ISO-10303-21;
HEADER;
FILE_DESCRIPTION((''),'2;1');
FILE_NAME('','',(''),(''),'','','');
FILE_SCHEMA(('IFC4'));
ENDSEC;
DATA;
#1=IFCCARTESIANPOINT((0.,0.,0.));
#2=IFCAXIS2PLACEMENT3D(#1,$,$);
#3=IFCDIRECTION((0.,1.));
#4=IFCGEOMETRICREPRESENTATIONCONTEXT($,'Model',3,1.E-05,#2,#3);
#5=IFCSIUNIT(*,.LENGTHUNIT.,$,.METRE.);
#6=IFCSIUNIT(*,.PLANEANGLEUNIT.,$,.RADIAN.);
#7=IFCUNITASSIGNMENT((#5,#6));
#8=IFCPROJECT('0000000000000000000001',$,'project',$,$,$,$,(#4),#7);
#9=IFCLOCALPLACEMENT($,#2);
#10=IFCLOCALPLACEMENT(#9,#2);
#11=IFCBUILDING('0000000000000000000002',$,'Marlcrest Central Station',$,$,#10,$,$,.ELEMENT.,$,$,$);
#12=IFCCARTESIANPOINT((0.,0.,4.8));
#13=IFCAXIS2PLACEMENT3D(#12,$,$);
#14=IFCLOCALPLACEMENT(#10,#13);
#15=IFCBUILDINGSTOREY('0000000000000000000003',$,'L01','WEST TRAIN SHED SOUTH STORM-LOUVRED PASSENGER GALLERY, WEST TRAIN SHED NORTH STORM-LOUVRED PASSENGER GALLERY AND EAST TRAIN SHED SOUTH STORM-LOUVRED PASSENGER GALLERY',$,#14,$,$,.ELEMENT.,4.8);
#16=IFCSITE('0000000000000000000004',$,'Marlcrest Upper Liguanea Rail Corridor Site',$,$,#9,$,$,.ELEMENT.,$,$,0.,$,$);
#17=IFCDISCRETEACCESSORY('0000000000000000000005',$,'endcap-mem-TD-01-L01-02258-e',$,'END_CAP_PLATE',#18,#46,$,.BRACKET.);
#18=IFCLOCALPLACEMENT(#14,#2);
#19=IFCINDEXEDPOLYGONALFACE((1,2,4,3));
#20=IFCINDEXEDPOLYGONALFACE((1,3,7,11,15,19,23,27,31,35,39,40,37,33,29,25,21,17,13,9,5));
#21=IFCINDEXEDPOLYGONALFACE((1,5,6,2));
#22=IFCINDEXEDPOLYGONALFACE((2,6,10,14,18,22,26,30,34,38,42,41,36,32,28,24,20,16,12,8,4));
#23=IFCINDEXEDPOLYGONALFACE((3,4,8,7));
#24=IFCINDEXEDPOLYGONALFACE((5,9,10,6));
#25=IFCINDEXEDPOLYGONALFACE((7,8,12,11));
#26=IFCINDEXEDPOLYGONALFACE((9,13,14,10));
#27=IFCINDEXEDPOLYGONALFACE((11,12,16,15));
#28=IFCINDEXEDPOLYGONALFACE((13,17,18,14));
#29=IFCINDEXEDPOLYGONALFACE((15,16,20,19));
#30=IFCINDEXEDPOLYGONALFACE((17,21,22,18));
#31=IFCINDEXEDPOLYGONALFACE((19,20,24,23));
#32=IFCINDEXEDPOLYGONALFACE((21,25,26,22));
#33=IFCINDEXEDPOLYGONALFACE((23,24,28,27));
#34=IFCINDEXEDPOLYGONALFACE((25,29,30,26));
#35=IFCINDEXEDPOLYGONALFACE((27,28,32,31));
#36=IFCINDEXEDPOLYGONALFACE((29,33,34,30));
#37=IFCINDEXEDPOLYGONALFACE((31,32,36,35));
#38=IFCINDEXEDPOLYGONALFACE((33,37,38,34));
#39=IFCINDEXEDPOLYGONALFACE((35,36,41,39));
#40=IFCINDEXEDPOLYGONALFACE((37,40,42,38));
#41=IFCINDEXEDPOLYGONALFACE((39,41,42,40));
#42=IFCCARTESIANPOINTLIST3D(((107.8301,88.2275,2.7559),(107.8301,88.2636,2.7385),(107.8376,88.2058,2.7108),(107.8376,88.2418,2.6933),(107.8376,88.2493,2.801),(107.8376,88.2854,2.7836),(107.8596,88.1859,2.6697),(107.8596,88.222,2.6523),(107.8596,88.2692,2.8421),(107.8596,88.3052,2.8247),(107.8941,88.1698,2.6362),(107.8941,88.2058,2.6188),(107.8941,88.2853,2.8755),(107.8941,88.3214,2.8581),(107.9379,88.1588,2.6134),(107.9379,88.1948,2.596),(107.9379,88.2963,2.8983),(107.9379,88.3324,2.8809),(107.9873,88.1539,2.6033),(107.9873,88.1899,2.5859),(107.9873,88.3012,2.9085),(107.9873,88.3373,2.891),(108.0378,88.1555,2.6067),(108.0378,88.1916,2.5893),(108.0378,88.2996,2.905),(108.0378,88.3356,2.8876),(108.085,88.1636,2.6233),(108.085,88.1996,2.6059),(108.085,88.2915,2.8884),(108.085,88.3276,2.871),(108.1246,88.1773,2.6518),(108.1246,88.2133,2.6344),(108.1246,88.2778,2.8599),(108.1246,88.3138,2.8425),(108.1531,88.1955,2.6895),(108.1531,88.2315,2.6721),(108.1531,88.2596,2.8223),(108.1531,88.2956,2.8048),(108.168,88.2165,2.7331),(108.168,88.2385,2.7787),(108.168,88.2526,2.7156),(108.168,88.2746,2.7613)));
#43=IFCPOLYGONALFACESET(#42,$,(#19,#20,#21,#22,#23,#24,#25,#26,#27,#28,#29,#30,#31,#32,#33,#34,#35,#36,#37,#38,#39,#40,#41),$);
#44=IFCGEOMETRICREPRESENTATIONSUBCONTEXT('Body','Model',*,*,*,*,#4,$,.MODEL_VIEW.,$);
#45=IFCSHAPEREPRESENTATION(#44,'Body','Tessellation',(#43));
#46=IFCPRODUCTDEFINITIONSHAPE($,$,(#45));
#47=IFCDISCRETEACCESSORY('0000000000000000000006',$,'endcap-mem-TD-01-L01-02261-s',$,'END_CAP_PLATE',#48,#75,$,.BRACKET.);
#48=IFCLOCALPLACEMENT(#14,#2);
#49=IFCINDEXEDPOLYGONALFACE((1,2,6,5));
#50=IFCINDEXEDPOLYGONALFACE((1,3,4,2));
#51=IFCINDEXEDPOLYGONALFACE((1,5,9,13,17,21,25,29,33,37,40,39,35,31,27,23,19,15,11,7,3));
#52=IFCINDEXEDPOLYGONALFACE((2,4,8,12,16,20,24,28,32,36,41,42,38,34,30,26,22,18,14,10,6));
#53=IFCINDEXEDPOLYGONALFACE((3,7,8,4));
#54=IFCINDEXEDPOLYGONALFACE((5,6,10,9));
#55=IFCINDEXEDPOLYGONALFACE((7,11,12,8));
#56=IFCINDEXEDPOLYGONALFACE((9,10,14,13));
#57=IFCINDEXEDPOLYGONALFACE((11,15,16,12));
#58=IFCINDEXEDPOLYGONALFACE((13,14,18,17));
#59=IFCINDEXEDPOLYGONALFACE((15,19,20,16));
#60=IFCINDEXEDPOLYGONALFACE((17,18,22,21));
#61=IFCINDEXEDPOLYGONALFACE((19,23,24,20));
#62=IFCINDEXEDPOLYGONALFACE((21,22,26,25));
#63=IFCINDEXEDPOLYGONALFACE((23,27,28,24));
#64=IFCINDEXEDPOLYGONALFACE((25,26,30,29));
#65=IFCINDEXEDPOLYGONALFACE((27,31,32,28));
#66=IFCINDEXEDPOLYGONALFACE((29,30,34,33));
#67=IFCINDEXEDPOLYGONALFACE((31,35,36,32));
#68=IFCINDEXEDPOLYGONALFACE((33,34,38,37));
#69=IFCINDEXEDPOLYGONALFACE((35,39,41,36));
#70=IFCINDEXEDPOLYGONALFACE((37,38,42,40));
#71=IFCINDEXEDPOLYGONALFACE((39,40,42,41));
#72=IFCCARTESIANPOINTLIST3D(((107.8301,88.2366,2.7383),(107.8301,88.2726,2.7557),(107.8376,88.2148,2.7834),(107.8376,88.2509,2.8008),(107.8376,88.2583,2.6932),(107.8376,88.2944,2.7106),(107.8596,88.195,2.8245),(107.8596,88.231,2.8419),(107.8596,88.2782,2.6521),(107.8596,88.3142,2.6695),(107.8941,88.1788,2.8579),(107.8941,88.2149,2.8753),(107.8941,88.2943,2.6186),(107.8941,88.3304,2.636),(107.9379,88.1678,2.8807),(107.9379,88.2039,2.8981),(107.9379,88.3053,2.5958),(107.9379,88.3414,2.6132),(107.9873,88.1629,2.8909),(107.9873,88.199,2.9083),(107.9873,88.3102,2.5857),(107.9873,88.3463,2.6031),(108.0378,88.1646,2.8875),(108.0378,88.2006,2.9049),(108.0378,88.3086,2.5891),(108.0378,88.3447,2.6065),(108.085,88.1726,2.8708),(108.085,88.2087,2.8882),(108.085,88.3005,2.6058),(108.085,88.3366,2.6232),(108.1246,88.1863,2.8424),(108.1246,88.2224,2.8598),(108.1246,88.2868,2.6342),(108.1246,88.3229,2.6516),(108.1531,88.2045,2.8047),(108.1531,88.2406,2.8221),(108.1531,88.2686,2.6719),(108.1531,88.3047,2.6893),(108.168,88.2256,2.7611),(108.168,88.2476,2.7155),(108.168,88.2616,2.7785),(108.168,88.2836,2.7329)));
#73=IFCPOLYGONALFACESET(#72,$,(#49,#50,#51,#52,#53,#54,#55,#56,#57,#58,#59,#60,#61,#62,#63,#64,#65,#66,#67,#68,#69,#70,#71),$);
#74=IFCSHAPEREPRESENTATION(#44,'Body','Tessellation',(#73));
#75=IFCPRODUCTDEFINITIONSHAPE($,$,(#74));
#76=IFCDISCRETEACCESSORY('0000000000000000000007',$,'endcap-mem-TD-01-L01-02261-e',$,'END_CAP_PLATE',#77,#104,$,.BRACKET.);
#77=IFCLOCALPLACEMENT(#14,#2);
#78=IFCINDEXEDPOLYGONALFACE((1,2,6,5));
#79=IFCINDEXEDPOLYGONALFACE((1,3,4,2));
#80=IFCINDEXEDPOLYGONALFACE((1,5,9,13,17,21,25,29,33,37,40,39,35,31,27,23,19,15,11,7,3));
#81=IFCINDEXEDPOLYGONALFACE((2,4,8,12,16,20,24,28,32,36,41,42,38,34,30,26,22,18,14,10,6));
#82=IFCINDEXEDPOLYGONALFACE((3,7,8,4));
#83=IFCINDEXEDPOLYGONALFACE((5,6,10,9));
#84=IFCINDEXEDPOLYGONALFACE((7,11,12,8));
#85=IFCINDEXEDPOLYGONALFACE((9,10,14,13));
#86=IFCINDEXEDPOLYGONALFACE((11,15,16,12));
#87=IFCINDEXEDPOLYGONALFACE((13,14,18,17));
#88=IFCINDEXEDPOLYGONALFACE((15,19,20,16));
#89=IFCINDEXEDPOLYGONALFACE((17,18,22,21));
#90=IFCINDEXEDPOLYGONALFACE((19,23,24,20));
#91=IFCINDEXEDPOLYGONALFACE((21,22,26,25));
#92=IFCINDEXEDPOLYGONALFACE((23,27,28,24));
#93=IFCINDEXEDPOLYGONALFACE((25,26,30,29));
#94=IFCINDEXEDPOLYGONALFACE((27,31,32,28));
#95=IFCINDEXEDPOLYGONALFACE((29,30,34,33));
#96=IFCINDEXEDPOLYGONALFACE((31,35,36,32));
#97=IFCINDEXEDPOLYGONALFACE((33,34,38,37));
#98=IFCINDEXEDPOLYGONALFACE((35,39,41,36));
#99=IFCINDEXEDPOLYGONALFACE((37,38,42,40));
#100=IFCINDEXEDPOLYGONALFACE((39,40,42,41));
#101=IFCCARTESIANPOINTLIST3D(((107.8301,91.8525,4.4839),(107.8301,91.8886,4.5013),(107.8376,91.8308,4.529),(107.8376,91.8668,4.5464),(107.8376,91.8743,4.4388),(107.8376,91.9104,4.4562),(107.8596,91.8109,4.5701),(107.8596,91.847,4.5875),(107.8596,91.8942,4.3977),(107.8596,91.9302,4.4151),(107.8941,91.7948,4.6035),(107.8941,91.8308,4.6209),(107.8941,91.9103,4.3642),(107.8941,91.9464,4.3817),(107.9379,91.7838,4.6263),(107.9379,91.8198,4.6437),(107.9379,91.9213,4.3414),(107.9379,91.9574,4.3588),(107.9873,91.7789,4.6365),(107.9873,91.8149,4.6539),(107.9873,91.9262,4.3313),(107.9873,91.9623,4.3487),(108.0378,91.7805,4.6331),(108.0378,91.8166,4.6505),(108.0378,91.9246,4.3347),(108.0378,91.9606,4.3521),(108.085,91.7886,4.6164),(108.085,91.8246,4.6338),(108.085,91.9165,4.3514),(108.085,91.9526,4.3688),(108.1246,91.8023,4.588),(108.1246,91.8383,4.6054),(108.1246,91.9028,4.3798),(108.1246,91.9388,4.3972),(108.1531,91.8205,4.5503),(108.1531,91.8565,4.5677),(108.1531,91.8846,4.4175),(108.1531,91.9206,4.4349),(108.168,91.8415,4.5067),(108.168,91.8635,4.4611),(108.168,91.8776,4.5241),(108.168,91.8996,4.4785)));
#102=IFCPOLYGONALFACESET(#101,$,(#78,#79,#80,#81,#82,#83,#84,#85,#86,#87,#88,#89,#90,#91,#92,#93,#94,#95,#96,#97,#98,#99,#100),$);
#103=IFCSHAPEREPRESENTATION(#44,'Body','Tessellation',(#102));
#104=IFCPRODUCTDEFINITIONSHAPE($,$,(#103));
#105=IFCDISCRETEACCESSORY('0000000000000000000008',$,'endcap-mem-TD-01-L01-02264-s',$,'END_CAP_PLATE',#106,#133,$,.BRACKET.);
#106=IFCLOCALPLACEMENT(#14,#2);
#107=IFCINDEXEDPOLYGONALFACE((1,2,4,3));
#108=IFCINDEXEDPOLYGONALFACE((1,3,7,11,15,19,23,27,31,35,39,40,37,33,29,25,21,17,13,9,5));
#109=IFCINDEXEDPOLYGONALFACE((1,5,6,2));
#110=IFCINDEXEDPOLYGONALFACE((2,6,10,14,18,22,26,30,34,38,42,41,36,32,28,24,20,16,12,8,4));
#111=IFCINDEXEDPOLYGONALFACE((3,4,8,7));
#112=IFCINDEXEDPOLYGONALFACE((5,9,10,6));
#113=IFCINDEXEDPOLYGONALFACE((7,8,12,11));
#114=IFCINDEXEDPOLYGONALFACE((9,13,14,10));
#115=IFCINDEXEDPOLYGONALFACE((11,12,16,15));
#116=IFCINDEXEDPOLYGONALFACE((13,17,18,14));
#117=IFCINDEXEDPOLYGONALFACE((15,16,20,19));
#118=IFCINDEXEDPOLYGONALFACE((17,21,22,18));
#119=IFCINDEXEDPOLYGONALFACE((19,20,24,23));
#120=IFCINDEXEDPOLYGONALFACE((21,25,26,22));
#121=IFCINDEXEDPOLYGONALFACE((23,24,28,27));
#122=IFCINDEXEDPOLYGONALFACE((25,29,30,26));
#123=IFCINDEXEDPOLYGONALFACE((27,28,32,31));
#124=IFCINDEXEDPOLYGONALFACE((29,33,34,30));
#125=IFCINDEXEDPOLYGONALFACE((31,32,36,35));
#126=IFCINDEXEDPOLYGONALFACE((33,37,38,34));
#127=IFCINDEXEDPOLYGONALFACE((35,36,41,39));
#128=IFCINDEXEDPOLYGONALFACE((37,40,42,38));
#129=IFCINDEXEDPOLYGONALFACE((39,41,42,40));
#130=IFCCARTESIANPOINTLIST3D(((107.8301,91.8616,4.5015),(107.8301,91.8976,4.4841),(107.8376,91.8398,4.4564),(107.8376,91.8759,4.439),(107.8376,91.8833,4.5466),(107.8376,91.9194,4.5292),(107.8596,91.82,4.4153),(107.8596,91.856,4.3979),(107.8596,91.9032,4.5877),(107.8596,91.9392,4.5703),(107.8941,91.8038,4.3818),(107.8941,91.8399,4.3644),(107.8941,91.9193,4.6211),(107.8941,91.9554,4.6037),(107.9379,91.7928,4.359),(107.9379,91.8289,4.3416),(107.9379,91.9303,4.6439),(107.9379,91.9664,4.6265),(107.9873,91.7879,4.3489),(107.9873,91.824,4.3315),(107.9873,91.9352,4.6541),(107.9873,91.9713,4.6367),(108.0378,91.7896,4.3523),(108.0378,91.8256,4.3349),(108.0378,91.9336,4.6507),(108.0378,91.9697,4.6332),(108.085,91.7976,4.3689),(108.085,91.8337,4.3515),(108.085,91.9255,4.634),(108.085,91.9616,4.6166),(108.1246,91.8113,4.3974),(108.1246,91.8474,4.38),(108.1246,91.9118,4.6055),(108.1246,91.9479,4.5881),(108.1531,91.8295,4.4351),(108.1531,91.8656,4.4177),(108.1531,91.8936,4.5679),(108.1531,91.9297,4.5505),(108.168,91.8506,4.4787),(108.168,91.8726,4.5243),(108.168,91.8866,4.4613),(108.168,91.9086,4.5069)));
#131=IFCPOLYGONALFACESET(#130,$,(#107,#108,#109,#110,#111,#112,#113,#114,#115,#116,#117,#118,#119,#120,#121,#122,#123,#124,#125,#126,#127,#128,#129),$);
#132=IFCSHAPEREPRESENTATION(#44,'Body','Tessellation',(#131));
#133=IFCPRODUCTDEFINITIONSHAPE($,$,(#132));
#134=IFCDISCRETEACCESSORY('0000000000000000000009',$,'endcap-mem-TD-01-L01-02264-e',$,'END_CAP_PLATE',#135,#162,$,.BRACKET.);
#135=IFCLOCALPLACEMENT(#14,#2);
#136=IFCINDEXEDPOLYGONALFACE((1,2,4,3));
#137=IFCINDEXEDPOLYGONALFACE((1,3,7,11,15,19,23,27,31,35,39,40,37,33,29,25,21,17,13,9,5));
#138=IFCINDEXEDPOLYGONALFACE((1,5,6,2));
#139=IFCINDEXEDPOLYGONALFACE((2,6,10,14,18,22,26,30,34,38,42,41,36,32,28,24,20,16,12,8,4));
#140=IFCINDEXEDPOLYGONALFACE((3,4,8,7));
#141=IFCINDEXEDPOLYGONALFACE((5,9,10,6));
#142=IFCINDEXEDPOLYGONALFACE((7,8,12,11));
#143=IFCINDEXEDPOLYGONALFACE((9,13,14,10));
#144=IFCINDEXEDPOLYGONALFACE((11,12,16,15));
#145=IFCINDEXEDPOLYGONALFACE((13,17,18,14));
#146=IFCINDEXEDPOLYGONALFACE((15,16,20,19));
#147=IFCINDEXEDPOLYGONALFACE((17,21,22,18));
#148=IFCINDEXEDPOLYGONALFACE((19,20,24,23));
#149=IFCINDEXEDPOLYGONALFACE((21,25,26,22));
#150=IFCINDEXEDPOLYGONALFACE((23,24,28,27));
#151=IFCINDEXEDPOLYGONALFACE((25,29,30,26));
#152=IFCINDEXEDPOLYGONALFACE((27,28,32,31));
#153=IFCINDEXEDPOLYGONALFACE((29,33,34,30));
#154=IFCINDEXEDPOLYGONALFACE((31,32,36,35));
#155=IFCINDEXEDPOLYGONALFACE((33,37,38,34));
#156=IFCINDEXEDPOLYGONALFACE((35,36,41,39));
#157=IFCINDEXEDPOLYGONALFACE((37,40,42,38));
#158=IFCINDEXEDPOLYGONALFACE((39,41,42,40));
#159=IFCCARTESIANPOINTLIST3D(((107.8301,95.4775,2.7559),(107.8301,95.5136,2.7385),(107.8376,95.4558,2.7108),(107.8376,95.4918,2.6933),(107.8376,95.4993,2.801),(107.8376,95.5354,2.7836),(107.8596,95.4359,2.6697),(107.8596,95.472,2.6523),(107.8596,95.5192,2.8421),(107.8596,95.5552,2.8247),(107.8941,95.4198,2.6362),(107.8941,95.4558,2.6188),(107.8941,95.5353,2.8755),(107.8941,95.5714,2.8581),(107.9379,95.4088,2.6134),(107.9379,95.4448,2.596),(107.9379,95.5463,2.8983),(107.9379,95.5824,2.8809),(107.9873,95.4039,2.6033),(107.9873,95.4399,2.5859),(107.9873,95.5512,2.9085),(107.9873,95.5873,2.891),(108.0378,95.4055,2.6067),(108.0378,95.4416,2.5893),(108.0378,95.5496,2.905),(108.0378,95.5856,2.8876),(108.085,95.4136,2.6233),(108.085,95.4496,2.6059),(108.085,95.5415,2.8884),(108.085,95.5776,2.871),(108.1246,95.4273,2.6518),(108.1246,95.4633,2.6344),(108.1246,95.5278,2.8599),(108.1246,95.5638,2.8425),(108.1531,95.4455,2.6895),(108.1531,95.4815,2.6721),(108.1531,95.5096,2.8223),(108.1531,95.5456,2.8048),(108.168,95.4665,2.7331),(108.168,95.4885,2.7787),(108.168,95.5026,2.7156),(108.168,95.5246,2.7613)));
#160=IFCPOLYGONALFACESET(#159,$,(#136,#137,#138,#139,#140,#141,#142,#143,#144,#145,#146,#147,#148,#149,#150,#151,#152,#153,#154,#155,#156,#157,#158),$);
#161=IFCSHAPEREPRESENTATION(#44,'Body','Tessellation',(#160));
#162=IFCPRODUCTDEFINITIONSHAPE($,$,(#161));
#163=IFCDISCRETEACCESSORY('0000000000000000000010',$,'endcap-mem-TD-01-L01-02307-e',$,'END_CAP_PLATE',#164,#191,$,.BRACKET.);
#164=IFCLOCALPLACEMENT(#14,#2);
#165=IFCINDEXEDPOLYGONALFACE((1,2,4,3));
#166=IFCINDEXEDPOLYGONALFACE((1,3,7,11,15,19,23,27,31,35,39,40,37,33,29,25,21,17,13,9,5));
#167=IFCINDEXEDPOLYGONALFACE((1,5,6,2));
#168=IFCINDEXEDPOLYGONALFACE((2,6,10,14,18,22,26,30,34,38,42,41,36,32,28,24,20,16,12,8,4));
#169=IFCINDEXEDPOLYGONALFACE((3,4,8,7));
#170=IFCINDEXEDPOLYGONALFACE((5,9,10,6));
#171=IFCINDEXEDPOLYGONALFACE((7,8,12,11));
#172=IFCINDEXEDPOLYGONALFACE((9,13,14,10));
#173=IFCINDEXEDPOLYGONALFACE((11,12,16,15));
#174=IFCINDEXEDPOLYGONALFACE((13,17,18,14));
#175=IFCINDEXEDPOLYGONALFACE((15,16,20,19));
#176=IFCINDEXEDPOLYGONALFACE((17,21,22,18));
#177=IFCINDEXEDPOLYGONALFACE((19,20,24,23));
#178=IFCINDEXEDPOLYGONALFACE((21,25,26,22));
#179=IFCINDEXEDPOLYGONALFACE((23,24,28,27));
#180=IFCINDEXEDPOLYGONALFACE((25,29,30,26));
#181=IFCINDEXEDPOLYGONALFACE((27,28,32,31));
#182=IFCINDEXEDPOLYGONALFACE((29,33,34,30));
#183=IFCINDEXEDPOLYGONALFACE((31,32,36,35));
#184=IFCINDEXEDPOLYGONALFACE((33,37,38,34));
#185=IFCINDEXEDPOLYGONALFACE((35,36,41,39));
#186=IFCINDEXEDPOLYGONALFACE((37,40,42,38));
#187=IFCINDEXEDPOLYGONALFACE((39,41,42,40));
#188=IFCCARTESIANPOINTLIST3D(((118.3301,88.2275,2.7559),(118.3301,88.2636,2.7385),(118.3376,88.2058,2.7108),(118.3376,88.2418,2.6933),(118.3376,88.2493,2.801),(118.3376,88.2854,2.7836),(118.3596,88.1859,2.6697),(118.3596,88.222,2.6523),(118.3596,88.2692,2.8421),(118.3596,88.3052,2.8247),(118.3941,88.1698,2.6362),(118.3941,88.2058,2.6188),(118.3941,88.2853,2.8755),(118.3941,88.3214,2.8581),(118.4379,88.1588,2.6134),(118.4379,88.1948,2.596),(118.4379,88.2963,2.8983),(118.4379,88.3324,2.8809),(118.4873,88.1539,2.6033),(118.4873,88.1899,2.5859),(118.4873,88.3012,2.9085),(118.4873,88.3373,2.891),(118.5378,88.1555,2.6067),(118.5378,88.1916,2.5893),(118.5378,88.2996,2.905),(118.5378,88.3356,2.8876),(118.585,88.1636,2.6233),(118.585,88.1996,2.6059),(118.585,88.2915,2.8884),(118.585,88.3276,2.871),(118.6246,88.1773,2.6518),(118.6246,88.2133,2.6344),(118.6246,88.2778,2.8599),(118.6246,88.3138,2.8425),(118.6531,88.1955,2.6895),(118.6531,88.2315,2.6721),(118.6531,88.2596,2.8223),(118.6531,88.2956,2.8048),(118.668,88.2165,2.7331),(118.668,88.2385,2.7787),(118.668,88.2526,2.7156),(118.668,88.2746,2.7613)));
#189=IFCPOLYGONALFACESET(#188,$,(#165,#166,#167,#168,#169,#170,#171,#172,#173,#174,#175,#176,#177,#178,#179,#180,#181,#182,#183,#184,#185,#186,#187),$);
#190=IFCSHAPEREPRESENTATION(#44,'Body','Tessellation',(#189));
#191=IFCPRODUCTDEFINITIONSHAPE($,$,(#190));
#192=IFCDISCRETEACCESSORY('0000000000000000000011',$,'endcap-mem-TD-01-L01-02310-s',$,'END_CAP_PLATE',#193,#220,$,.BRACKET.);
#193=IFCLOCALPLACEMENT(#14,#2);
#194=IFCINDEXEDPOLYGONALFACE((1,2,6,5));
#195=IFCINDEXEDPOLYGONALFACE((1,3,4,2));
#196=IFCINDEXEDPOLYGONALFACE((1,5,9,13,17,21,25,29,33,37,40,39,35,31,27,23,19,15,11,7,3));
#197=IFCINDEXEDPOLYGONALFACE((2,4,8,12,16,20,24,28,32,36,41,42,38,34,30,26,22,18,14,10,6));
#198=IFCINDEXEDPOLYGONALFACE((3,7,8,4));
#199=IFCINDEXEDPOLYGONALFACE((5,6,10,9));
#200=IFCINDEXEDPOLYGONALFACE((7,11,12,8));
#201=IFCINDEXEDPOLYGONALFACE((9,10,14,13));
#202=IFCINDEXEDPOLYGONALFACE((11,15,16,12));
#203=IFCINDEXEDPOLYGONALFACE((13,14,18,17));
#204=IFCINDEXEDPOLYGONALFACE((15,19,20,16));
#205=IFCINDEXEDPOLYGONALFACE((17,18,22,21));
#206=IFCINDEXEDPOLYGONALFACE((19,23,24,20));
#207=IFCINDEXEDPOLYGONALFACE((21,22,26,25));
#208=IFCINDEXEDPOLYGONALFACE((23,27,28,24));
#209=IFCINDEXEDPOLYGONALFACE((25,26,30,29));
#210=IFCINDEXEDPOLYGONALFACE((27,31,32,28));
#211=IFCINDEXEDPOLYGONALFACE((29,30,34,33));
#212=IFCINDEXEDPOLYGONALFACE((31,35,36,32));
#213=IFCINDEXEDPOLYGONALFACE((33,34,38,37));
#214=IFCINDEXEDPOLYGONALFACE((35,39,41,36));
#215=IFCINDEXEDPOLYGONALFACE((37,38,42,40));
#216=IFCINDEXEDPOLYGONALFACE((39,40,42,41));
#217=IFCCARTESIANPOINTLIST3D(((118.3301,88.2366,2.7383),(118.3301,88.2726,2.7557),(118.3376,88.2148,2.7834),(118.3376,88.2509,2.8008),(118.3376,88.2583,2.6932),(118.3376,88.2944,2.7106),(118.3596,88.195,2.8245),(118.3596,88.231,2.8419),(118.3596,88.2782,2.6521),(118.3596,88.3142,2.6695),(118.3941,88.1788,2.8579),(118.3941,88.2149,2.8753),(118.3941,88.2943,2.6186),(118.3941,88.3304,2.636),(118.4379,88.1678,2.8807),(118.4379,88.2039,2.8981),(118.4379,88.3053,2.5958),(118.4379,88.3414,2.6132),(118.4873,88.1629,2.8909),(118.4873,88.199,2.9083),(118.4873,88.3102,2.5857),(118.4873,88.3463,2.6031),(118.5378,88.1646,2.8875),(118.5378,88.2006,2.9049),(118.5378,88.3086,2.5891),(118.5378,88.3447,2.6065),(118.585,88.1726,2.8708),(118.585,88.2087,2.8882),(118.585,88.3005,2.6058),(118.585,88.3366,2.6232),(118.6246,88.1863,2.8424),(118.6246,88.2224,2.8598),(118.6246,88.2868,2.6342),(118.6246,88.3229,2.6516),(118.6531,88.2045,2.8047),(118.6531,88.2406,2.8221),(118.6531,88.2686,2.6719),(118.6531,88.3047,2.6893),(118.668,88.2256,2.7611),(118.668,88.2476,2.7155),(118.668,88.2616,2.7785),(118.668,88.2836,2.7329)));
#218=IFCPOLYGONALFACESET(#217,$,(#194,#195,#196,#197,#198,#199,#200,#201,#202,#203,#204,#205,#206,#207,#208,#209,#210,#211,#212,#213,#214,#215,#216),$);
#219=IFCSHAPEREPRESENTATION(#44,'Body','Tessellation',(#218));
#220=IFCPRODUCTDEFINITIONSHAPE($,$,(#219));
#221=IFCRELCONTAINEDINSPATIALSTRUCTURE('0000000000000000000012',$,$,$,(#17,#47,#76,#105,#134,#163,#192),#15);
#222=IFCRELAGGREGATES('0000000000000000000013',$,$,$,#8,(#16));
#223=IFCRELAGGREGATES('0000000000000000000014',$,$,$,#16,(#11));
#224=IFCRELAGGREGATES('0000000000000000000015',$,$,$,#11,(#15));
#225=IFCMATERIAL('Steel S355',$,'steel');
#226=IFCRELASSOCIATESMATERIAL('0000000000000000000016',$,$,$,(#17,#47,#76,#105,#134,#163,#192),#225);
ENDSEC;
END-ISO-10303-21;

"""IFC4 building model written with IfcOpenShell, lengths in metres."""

from ifc_helpers import new_model, si_unit, direction, frame, origin, origin_2d, place, context, subcontext, project, spatial, circle, extrude, material, element, save


model = new_model("IFC4")

# Units and contexts
model_context = context("Model", 3, precision=1e-05, world=origin(), true_north=direction((0.0, 1.0)))
body_context = subcontext(model_context, "Body", "Model", "MODEL_VIEW")
ifc_project = project(units=[si_unit("LENGTHUNIT", "METRE"), si_unit("PLANEANGLEUNIT", "RADIAN")], contexts=[model_context])

# Site, building, storey
site_placement = place(None, origin())
site = spatial("IfcSite", under=ifc_project, at=site_placement, Name="Marlcrest Upper Liguanea Rail Corridor Site", CompositionType="ELEMENT", RefElevation=0.0)
building_placement = place(site_placement, origin())
building = spatial("IfcBuilding", under=site, at=building_placement, Name="Marlcrest Central Station", CompositionType="ELEMENT")
storey_placement = place(building_placement, frame((0.0, 0.0, 4.8)))
storey = spatial("IfcBuildingStorey", under=building, at=storey_placement, Name="L01", Description="WEST TRAIN SHED SOUTH STORM-LOUVRED PASSENGER GALLERY, WEST TRAIN SHED NORTH STORM-LOUVRED PASSENGER GALLERY AND EAST TRAIN SHED SOUTH STORM-LOUVRED PASSENGER GALLERY", CompositionType="ELEMENT", Elevation=4.8)

# Shared definitions
ifc_material = material(Name="Steel S355", Category="steel")

# Discrete accessories
for number, where, z_axis, x_axis, name in (
    (1, (108.0, 88.2275, 2.7559), (0.0, 0.900552, -0.434749), (-1.0, 0.0, 0.0), "endcap-mem-TD-01-L01-02258-e"),
    (2, (108.0, 88.2366, 2.7383), (0.0, 0.900552, 0.434749), (-1.0, 0.0, 0.0), "endcap-mem-TD-01-L01-02261-s"),
    (3, (108.0, 91.8525, 4.4839), (0.0, 0.900552, 0.434749), (-1.0, 0.0, 0.0), "endcap-mem-TD-01-L01-02261-e"),
    (4, (108.0, 91.8616, 4.5015), (0.0, 0.900552, -0.434749), (-1.0, 0.0, 0.0), "endcap-mem-TD-01-L01-02264-s"),
    (5, (108.0, 95.4775, 2.7559), (0.0, 0.900552, -0.434749), (-1.0, 0.0, 0.0), "endcap-mem-TD-01-L01-02264-e"),
    (6, (118.5, 88.2275, 2.7559), (0.0, 0.900552, -0.434749), (-1.0, 0.0, 0.0), "endcap-mem-TD-01-L01-02307-e"),
    (7, (118.5, 88.2366, 2.7383), (0.0, 0.900552, 0.434749), (-1.0, 0.0, 0.0), "endcap-mem-TD-01-L01-02310-s"),
):
    element("IfcDiscreteAccessory", number, at=place(storey_placement, frame(where, z_axis=z_axis, x_axis=x_axis)), inside=storey, material=ifc_material, Name=name, ObjectType="END_CAP_PLATE", PredefinedType="BRACKET", context=body_context, shape_type="SweptSolid", body=[
        extrude(circle(Radius=0.1699, at=origin_2d()), origin(), (0.0, 0.0, 1.0), 0.04),
    ])

save(model, "model.ifc")
